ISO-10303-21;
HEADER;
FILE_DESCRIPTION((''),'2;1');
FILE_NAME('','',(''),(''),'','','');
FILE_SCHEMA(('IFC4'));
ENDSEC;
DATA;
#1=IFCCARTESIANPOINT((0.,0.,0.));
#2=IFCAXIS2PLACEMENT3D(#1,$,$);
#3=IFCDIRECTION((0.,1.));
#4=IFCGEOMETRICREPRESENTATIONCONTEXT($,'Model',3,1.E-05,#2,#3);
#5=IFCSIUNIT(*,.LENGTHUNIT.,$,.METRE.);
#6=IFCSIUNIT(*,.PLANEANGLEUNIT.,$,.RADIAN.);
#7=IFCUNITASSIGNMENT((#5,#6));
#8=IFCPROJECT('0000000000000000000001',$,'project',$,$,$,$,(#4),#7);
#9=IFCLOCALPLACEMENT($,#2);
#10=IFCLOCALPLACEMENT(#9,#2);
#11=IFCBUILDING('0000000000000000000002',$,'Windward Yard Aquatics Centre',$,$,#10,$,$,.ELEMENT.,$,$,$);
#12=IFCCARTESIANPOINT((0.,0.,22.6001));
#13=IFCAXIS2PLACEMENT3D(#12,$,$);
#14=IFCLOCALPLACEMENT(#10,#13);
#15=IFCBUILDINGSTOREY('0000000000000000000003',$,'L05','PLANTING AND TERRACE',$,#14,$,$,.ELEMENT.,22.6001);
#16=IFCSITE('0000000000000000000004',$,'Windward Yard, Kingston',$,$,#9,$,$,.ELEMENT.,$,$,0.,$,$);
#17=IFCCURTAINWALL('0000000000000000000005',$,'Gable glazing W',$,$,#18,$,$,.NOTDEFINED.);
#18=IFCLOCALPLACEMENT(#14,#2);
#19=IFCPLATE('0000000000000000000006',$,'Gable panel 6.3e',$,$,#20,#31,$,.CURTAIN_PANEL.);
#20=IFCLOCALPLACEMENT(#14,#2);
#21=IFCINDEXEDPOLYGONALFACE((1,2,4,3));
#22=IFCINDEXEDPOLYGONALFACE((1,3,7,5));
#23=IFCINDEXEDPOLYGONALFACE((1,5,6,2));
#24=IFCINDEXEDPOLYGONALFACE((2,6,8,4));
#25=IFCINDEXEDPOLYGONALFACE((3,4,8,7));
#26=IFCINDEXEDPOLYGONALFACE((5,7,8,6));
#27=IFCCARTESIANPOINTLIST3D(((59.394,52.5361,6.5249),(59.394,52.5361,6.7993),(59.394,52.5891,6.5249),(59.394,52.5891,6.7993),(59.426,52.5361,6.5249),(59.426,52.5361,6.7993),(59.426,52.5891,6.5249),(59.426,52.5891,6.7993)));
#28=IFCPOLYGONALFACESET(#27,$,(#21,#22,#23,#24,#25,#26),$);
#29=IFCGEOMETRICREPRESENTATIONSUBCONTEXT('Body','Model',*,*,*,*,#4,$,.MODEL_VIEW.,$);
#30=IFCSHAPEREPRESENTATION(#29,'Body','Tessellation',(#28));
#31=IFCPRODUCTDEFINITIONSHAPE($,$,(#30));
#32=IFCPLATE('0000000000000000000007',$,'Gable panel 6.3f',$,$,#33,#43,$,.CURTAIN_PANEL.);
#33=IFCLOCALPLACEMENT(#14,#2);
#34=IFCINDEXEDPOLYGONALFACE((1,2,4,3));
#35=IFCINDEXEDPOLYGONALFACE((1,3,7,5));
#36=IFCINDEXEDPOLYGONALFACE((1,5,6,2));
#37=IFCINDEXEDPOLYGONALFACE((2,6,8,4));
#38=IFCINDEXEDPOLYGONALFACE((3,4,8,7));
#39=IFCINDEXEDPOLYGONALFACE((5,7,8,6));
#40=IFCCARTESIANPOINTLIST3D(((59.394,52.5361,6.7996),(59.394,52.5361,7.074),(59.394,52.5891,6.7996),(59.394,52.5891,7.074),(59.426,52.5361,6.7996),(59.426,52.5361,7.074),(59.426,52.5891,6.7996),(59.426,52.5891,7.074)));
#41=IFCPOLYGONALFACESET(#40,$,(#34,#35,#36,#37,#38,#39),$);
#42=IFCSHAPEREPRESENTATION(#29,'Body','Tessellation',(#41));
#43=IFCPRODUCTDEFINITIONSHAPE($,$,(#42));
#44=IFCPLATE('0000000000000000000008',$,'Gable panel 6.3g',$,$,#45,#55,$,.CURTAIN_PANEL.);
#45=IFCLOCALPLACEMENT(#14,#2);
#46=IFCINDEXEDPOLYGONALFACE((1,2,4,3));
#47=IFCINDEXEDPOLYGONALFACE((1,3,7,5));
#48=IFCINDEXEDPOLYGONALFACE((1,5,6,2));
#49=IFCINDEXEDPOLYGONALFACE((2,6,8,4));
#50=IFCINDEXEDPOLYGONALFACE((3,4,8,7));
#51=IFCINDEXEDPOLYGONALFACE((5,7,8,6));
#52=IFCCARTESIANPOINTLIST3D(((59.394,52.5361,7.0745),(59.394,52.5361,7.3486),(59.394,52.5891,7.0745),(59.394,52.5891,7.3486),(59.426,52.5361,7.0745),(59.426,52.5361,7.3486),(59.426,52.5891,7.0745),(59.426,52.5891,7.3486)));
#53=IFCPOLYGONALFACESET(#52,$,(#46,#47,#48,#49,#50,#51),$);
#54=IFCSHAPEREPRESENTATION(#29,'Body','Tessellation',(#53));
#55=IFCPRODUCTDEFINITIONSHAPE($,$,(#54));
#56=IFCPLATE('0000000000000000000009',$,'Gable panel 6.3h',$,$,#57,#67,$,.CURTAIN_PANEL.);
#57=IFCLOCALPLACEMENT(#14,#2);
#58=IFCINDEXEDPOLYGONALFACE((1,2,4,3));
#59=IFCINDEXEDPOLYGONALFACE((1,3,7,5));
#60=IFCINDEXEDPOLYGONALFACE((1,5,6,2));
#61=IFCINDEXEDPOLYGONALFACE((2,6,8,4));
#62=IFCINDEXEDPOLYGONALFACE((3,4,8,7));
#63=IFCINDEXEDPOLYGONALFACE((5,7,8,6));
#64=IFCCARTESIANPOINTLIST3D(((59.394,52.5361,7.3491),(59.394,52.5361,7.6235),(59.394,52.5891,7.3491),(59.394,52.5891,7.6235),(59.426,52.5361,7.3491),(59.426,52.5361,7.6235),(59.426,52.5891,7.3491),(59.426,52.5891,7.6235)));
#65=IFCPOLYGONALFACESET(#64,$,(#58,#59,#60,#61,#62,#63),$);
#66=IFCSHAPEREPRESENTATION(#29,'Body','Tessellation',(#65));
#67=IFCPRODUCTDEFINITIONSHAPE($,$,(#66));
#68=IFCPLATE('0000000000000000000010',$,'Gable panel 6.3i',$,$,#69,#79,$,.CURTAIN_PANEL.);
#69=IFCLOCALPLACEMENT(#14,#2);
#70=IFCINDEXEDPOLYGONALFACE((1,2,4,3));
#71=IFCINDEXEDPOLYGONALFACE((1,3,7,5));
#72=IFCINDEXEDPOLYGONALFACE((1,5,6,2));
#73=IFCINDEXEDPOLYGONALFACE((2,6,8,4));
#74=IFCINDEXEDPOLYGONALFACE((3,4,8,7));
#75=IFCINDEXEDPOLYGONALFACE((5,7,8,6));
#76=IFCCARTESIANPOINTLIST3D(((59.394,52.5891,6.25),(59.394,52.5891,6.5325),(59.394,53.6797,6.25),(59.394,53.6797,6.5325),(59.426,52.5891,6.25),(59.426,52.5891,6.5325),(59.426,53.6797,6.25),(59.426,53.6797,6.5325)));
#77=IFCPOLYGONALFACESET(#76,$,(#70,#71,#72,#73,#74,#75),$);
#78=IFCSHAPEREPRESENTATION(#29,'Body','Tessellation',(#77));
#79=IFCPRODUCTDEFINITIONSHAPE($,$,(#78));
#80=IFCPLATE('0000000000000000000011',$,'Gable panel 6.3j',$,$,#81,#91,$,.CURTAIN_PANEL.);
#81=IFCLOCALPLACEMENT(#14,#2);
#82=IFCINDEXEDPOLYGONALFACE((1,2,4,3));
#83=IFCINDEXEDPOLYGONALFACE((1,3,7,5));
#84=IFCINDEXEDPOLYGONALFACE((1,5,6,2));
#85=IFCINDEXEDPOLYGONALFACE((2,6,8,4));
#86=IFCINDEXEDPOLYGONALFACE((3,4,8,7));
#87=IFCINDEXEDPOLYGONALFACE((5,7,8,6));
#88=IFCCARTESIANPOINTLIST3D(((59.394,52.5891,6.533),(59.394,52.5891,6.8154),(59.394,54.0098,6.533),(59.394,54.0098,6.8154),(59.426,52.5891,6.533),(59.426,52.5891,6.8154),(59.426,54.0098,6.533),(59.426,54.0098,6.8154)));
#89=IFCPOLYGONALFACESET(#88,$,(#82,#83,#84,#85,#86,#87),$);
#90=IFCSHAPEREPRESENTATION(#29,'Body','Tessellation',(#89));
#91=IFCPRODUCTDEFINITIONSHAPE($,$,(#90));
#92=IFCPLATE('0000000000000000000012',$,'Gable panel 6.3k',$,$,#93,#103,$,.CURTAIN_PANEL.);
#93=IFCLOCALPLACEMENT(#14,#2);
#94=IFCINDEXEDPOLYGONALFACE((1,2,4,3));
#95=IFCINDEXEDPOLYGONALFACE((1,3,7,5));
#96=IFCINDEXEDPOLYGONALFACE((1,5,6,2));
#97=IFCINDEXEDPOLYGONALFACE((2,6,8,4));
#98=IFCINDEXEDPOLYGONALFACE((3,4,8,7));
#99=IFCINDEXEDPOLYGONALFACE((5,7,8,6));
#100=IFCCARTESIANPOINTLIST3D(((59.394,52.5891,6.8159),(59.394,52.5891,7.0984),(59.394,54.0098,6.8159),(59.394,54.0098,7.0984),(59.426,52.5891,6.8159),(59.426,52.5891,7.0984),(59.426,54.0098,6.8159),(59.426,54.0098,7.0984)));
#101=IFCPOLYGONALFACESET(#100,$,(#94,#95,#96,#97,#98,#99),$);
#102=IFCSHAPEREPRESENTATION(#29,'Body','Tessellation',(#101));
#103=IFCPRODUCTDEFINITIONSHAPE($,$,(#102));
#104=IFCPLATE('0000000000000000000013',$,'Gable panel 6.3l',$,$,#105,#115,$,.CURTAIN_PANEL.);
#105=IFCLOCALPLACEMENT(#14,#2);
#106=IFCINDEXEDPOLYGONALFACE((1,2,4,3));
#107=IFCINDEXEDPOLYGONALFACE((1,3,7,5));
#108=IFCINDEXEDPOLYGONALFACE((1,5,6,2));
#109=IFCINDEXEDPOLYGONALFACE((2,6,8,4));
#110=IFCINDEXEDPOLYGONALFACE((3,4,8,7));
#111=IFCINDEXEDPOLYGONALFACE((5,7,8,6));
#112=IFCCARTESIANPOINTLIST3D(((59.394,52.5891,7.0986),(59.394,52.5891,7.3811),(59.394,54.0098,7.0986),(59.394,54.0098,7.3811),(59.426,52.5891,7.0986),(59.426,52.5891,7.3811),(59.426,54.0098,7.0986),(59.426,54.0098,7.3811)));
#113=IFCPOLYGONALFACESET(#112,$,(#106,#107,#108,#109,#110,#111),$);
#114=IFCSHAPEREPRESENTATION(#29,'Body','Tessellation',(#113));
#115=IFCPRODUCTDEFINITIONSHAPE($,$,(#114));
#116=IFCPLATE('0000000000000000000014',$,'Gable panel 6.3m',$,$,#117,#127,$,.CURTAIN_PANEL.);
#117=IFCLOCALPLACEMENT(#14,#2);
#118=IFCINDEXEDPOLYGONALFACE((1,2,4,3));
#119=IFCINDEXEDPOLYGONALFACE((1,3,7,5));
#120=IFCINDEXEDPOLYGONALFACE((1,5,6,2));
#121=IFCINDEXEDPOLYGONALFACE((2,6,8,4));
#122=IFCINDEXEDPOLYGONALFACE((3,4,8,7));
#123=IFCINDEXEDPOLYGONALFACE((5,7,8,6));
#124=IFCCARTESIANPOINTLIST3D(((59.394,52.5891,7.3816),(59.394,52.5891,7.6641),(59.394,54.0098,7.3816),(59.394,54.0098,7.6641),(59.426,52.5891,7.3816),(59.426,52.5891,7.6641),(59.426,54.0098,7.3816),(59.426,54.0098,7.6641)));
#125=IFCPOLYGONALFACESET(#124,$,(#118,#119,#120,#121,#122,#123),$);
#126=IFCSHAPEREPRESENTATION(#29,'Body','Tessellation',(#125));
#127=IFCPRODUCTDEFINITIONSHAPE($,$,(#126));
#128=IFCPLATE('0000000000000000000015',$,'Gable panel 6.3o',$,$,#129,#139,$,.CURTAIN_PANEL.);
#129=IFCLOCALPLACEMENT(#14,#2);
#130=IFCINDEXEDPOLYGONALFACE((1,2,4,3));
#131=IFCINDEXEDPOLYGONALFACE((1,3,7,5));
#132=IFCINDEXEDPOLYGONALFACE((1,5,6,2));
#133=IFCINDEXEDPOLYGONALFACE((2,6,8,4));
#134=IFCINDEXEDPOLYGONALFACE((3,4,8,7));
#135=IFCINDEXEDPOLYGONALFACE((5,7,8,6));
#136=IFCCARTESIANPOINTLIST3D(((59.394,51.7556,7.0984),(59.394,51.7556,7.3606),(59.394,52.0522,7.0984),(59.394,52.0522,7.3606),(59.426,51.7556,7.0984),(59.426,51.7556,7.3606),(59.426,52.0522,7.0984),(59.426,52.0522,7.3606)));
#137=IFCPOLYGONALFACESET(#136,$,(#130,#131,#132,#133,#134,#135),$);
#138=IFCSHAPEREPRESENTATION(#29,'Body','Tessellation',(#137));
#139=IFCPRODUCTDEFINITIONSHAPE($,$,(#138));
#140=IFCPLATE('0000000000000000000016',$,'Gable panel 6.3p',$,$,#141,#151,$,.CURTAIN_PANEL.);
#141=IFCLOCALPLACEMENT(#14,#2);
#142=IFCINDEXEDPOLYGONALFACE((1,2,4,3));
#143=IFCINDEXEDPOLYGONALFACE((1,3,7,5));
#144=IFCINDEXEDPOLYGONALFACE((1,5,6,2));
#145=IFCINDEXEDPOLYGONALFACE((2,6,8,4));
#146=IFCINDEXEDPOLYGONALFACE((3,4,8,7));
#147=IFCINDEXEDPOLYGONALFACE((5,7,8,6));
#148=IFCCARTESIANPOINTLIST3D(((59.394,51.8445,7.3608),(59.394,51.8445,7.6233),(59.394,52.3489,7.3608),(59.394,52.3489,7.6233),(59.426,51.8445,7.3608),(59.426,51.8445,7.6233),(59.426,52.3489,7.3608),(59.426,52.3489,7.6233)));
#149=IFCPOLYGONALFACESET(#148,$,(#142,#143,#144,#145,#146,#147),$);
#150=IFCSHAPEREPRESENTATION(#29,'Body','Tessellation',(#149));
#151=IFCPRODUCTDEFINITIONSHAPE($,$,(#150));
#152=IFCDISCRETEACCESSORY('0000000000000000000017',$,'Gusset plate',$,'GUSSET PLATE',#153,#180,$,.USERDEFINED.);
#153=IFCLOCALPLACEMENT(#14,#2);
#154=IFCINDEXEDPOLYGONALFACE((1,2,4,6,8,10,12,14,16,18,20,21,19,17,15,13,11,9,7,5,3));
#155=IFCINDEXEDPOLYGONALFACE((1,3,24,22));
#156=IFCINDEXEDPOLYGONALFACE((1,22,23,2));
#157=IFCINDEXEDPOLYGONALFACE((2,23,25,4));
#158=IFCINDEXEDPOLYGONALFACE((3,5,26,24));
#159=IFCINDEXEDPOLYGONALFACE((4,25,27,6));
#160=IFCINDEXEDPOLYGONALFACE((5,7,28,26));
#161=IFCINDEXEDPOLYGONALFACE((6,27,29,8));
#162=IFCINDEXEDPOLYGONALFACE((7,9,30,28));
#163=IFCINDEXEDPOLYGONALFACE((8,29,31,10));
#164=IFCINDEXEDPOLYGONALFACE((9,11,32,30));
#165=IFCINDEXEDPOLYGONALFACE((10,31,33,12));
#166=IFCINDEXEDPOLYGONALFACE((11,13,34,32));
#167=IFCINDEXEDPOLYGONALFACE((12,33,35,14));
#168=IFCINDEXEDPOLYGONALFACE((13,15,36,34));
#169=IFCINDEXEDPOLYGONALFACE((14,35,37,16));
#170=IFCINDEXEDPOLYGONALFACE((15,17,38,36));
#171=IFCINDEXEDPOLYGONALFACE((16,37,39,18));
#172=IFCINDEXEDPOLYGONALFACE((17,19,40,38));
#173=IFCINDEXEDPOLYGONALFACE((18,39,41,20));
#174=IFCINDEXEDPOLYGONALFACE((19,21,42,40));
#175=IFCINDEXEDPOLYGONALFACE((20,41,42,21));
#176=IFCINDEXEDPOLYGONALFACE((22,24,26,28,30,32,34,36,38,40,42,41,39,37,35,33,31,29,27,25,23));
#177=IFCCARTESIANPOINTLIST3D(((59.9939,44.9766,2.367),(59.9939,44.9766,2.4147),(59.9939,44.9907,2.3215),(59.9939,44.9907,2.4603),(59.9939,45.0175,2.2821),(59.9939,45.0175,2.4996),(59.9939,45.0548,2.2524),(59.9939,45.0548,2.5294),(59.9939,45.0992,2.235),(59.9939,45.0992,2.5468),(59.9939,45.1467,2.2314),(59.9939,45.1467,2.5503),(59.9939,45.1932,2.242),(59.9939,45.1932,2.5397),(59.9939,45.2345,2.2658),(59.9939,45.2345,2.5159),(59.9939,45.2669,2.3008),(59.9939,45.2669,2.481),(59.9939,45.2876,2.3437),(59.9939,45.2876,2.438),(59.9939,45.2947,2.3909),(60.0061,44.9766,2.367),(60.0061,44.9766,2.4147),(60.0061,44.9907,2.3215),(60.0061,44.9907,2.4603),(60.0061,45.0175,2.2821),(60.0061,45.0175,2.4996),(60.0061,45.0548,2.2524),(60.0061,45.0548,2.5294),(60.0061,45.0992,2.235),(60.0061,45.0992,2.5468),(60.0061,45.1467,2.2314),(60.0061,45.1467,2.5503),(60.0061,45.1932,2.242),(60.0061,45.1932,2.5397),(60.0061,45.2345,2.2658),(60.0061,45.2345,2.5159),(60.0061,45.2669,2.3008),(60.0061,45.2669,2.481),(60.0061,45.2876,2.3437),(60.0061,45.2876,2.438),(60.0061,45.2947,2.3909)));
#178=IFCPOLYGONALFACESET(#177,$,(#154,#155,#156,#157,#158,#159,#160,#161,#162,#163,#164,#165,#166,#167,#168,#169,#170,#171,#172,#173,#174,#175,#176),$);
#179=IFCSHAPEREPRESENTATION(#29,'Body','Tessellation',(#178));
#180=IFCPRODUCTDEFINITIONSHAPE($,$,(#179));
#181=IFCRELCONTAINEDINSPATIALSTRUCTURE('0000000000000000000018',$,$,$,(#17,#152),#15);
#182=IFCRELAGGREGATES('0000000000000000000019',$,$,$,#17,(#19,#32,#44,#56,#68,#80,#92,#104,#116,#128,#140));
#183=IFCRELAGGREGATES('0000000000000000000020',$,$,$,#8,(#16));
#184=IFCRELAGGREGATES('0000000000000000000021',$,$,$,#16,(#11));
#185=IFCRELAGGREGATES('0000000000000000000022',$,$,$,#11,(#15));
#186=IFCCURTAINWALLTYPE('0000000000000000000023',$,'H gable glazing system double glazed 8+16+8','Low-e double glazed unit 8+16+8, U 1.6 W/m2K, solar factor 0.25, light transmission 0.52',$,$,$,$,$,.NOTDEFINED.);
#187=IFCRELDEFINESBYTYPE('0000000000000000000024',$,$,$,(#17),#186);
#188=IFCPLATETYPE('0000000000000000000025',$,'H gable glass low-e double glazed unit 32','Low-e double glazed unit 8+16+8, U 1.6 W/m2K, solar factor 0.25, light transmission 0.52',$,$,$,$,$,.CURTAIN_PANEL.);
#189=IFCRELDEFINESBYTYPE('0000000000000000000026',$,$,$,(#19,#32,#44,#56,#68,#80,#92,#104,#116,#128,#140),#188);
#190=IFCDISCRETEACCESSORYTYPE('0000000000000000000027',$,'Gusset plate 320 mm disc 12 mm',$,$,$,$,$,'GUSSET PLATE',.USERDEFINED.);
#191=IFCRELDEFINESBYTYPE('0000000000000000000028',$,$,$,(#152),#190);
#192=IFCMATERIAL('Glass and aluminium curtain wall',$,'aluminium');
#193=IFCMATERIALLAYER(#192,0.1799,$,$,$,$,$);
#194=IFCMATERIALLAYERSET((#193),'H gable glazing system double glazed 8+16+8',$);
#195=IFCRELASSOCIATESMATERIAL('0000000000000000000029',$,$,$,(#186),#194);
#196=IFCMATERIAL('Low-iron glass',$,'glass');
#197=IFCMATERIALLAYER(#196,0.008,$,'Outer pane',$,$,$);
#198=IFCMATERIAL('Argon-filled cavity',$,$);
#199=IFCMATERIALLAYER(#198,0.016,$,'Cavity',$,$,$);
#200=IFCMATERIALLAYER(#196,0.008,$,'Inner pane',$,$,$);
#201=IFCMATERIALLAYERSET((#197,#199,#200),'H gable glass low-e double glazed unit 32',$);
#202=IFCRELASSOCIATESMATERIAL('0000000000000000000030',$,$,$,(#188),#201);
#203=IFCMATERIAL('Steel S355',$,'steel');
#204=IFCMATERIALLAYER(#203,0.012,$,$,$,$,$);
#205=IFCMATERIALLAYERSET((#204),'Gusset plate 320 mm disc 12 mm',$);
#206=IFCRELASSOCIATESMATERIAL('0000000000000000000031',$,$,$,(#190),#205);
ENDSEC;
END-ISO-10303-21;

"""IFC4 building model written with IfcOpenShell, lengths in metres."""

from ifc_helpers import new_model, si_unit, direction, frame, origin, origin_2d, place, context, subcontext, project, spatial, polyline, circle, outline, extrude, material, layer, layer_set, type_object, element, aggregate, save


model = new_model("IFC4")

# Units and contexts
model_context = context("Model", 3, precision=1e-05, world=origin(), true_north=direction((0.0, 1.0)))
body_context = subcontext(model_context, "Body", "Model", "MODEL_VIEW")
ifc_project = project(units=[si_unit("LENGTHUNIT", "METRE"), si_unit("PLANEANGLEUNIT", "RADIAN")], contexts=[model_context])

# Site, building, storey
site_placement = place(None, origin())
site = spatial("IfcSite", under=ifc_project, at=site_placement, Name="Windward Yard, Kingston", CompositionType="ELEMENT", RefElevation=0.0)
building_placement = place(site_placement, origin())
building = spatial("IfcBuilding", under=site, at=building_placement, Name="Windward Yard Aquatics Centre", CompositionType="ELEMENT")
storey_placement = place(building_placement, frame((0.0, 0.0, 22.6001)))
storey = spatial("IfcBuildingStorey", under=building, at=storey_placement, Name="L05", Description="PLANTING AND TERRACE", CompositionType="ELEMENT", Elevation=22.6001)

# Curtain wall, plates
ifc_material_1 = material(Name="Glass and aluminium curtain wall", Category="aluminium")
ifc_layer_1 = layer(ifc_material_1, 0.1799)
ifc_layer_set_1 = layer_set([ifc_layer_1], Name="H gable glazing system double glazed 8+16+8")
curtain_wall_type = type_object("IfcCurtainWallType", Name="H gable glazing system double glazed 8+16+8", Description="Low-e double glazed unit 8+16+8, U 1.6 W/m2K, solar factor 0.25, light transmission 0.52", PredefinedType="NOTDEFINED", material=ifc_layer_set_1)
curtain_wall_placement = place(storey_placement, origin())
curtain_wall = element("IfcCurtainWall", 1, at=curtain_wall_placement, inside=storey, type_object=curtain_wall_type, Name="Gable glazing W", PredefinedType="NOTDEFINED")
ifc_material_2 = material(Name="Low-iron glass", Category="glass")
ifc_layer_2 = layer(ifc_material_2, 0.008, Name="Outer pane")
ifc_material_3 = material(Name="Argon-filled cavity")
ifc_layer_3 = layer(ifc_material_3, 0.016, Name="Cavity")
ifc_layer_4 = layer(ifc_material_2, 0.008, Name="Inner pane")
ifc_layer_set_2 = layer_set([ifc_layer_2, ifc_layer_3, ifc_layer_4], Name="H gable glass low-e double glazed unit 32")
plate_type = type_object("IfcPlateType", Name="H gable glass low-e double glazed unit 32", Description="Low-e double glazed unit 8+16+8, U 1.6 W/m2K, solar factor 0.25, light transmission 0.52", PredefinedType="CURTAIN_PANEL", material=ifc_layer_set_2)
plate_1_placement = place(storey_placement, frame((59.426, 52.5361, 6.5249), z_axis=(1.0, 0.0, 0.0), x_axis=(0.0, 1.0, 0.0)))
plate_1 = element("IfcPlate", 2, at=plate_1_placement, type_object=plate_type, Name="Gable panel 6.3e", PredefinedType="CURTAIN_PANEL", context=body_context, shape_type="SweptSolid", body=[
    extrude(outline(polyline([(0.0, 0.0), (0.053, 0.0), (0.053, 0.2744), (0.0, 0.2744), (0.0, 0.0)])), origin(), (0.0, 0.0, -1.0), 0.032),
])
plate_2_placement = place(storey_placement, frame((59.426, 52.5361, 6.7996), z_axis=(1.0, 0.0, 0.0), x_axis=(0.0, 1.0, 0.0)))
plate_2 = element("IfcPlate", 3, at=plate_2_placement, type_object=plate_type, Name="Gable panel 6.3f", PredefinedType="CURTAIN_PANEL", context=body_context, shape_type="SweptSolid", body=[
    extrude(outline(polyline([(0.0, 0.0), (0.053, 0.0), (0.053, 0.2744), (0.0, 0.2744), (0.0, 0.0)])), origin(), (0.0, 0.0, -1.0), 0.032),
])
plate_3_placement = place(storey_placement, frame((59.426, 52.5361, 7.0745), z_axis=(1.0, 0.0, 0.0), x_axis=(0.0, 1.0, 0.0)))
plate_3 = element("IfcPlate", 4, at=plate_3_placement, type_object=plate_type, Name="Gable panel 6.3g", PredefinedType="CURTAIN_PANEL", context=body_context, shape_type="SweptSolid", body=[
    extrude(outline(polyline([(0.0, 0.0), (0.053, 0.0), (0.053, 0.2742), (0.0, 0.2742), (0.0, 0.0)])), origin(), (0.0, 0.0, -1.0), 0.032),
])
plate_4_placement = place(storey_placement, frame((59.426, 52.5361, 7.3491), z_axis=(1.0, 0.0, 0.0), x_axis=(0.0, 1.0, 0.0)))
plate_4 = element("IfcPlate", 5, at=plate_4_placement, type_object=plate_type, Name="Gable panel 6.3h", PredefinedType="CURTAIN_PANEL", context=body_context, shape_type="SweptSolid", body=[
    extrude(outline(polyline([(0.0, 0.0), (0.053, 0.0), (0.053, 0.2744), (0.0, 0.2744), (0.0, 0.0)])), origin(), (0.0, 0.0, -1.0), 0.032),
])
plate_5_placement = place(storey_placement, frame((59.426, 52.5891, 6.25), z_axis=(1.0, 0.0, 0.0), x_axis=(0.0, 1.0, 0.0)))
plate_5 = element("IfcPlate", 6, at=plate_5_placement, type_object=plate_type, Name="Gable panel 6.3i", PredefinedType="CURTAIN_PANEL", context=body_context, shape_type="SweptSolid", body=[
    extrude(outline(polyline([(0.0, 0.0), (1.0906, 0.0), (1.0906, 0.2825), (0.0, 0.2825), (0.0, 0.0)])), origin(), (0.0, 0.0, -1.0), 0.032),
])
plate_6_placement = place(storey_placement, frame((59.426, 52.5891, 6.533), z_axis=(1.0, 0.0, 0.0), x_axis=(0.0, 1.0, 0.0)))
plate_6 = element("IfcPlate", 7, at=plate_6_placement, type_object=plate_type, Name="Gable panel 6.3j", PredefinedType="CURTAIN_PANEL", context=body_context, shape_type="SweptSolid", body=[
    extrude(outline(polyline([(0.0, 0.0), (1.4207, 0.0), (1.4207, 0.2825), (0.0, 0.2825), (0.0, 0.0)])), origin(), (0.0, 0.0, -1.0), 0.032),
])
plate_7_placement = place(storey_placement, frame((59.426, 52.5891, 6.8159), z_axis=(1.0, 0.0, 0.0), x_axis=(0.0, 1.0, 0.0)))
plate_7 = element("IfcPlate", 8, at=plate_7_placement, type_object=plate_type, Name="Gable panel 6.3k", PredefinedType="CURTAIN_PANEL", context=body_context, shape_type="SweptSolid", body=[
    extrude(outline(polyline([(0.0, 0.0), (1.4207, 0.0), (1.4207, 0.2825), (0.0, 0.2825), (0.0, 0.0)])), origin(), (0.0, 0.0, -1.0), 0.032),
])
plate_8_placement = place(storey_placement, frame((59.426, 52.5891, 7.0986), z_axis=(1.0, 0.0, 0.0), x_axis=(0.0, 1.0, 0.0)))
plate_8 = element("IfcPlate", 9, at=plate_8_placement, type_object=plate_type, Name="Gable panel 6.3l", PredefinedType="CURTAIN_PANEL", context=body_context, shape_type="SweptSolid", body=[
    extrude(outline(polyline([(0.0, 0.0), (1.4207, 0.0), (1.4207, 0.2825), (0.0, 0.2825), (0.0, 0.0)])), origin(), (0.0, 0.0, -1.0), 0.032),
])
plate_9_placement = place(storey_placement, frame((59.426, 52.5891, 7.3816), z_axis=(1.0, 0.0, 0.0), x_axis=(0.0, 1.0, 0.0)))
plate_9 = element("IfcPlate", 10, at=plate_9_placement, type_object=plate_type, Name="Gable panel 6.3m", PredefinedType="CURTAIN_PANEL", context=body_context, shape_type="SweptSolid", body=[
    extrude(outline(polyline([(0.0, 0.0), (1.4207, 0.0), (1.4207, 0.2825), (0.0, 0.2825), (0.0, 0.0)])), origin(), (0.0, 0.0, -1.0), 0.032),
])
plate_10_placement = place(storey_placement, frame((59.426, 51.7556, 7.0984), z_axis=(1.0, 0.0, 0.0), x_axis=(0.0, 1.0, 0.0)))
plate_10 = element("IfcPlate", 11, at=plate_10_placement, type_object=plate_type, Name="Gable panel 6.3o", PredefinedType="CURTAIN_PANEL", context=body_context, shape_type="SweptSolid", body=[
    extrude(outline(polyline([(0.0, 0.0), (0.2966, 0.0), (0.2966, 0.2622), (0.0, 0.2622), (0.0, 0.0)])), origin(), (0.0, 0.0, -1.0), 0.032),
])
plate_11_placement = place(storey_placement, frame((59.426, 51.8445, 7.3608), z_axis=(1.0, 0.0, 0.0), x_axis=(0.0, 1.0, 0.0)))
plate_11 = element("IfcPlate", 12, at=plate_11_placement, type_object=plate_type, Name="Gable panel 6.3p", PredefinedType="CURTAIN_PANEL", context=body_context, shape_type="SweptSolid", body=[
    extrude(outline(polyline([(0.0, 0.0), (0.5044, 0.0), (0.5044, 0.2625), (0.0, 0.2625), (0.0, 0.0)])), origin(), (0.0, 0.0, -1.0), 0.032),
])

# Discrete accessory
ifc_material_4 = material(Name="Steel S355", Category="steel")
ifc_layer_5 = layer(ifc_material_4, 0.012)
ifc_layer_set_3 = layer_set([ifc_layer_5], Name="Gusset plate 320 mm disc 12 mm")
discrete_accessory_type = type_object("IfcDiscreteAccessoryType", Name="Gusset plate 320 mm disc 12 mm", ElementType="GUSSET PLATE", PredefinedType="USERDEFINED", material=ifc_layer_set_3)
for number, where, z_axis, x_axis, name in (
    (13, (59.9939, 45.1348, 2.3909), (1.0, 0.0, 0.0), (0.0, 1.0, 0.0), "Gusset plate"),
):
    element("IfcDiscreteAccessory", number, at=place(storey_placement, frame(where, z_axis=z_axis, x_axis=x_axis)), inside=storey, type_object=discrete_accessory_type, Name=name, ObjectType="GUSSET PLATE", PredefinedType="USERDEFINED", context=body_context, shape_type="SweptSolid", body=[
        extrude(circle(Radius=0.1599, at=origin_2d()), origin(), (0.0, 0.0, 1.0), 0.0122),
    ])

aggregate(curtain_wall, [plate_1, plate_2, plate_3, plate_4, plate_5, plate_6, plate_7, plate_8, plate_9, plate_10, plate_11])

save(model, "model.ifc")
